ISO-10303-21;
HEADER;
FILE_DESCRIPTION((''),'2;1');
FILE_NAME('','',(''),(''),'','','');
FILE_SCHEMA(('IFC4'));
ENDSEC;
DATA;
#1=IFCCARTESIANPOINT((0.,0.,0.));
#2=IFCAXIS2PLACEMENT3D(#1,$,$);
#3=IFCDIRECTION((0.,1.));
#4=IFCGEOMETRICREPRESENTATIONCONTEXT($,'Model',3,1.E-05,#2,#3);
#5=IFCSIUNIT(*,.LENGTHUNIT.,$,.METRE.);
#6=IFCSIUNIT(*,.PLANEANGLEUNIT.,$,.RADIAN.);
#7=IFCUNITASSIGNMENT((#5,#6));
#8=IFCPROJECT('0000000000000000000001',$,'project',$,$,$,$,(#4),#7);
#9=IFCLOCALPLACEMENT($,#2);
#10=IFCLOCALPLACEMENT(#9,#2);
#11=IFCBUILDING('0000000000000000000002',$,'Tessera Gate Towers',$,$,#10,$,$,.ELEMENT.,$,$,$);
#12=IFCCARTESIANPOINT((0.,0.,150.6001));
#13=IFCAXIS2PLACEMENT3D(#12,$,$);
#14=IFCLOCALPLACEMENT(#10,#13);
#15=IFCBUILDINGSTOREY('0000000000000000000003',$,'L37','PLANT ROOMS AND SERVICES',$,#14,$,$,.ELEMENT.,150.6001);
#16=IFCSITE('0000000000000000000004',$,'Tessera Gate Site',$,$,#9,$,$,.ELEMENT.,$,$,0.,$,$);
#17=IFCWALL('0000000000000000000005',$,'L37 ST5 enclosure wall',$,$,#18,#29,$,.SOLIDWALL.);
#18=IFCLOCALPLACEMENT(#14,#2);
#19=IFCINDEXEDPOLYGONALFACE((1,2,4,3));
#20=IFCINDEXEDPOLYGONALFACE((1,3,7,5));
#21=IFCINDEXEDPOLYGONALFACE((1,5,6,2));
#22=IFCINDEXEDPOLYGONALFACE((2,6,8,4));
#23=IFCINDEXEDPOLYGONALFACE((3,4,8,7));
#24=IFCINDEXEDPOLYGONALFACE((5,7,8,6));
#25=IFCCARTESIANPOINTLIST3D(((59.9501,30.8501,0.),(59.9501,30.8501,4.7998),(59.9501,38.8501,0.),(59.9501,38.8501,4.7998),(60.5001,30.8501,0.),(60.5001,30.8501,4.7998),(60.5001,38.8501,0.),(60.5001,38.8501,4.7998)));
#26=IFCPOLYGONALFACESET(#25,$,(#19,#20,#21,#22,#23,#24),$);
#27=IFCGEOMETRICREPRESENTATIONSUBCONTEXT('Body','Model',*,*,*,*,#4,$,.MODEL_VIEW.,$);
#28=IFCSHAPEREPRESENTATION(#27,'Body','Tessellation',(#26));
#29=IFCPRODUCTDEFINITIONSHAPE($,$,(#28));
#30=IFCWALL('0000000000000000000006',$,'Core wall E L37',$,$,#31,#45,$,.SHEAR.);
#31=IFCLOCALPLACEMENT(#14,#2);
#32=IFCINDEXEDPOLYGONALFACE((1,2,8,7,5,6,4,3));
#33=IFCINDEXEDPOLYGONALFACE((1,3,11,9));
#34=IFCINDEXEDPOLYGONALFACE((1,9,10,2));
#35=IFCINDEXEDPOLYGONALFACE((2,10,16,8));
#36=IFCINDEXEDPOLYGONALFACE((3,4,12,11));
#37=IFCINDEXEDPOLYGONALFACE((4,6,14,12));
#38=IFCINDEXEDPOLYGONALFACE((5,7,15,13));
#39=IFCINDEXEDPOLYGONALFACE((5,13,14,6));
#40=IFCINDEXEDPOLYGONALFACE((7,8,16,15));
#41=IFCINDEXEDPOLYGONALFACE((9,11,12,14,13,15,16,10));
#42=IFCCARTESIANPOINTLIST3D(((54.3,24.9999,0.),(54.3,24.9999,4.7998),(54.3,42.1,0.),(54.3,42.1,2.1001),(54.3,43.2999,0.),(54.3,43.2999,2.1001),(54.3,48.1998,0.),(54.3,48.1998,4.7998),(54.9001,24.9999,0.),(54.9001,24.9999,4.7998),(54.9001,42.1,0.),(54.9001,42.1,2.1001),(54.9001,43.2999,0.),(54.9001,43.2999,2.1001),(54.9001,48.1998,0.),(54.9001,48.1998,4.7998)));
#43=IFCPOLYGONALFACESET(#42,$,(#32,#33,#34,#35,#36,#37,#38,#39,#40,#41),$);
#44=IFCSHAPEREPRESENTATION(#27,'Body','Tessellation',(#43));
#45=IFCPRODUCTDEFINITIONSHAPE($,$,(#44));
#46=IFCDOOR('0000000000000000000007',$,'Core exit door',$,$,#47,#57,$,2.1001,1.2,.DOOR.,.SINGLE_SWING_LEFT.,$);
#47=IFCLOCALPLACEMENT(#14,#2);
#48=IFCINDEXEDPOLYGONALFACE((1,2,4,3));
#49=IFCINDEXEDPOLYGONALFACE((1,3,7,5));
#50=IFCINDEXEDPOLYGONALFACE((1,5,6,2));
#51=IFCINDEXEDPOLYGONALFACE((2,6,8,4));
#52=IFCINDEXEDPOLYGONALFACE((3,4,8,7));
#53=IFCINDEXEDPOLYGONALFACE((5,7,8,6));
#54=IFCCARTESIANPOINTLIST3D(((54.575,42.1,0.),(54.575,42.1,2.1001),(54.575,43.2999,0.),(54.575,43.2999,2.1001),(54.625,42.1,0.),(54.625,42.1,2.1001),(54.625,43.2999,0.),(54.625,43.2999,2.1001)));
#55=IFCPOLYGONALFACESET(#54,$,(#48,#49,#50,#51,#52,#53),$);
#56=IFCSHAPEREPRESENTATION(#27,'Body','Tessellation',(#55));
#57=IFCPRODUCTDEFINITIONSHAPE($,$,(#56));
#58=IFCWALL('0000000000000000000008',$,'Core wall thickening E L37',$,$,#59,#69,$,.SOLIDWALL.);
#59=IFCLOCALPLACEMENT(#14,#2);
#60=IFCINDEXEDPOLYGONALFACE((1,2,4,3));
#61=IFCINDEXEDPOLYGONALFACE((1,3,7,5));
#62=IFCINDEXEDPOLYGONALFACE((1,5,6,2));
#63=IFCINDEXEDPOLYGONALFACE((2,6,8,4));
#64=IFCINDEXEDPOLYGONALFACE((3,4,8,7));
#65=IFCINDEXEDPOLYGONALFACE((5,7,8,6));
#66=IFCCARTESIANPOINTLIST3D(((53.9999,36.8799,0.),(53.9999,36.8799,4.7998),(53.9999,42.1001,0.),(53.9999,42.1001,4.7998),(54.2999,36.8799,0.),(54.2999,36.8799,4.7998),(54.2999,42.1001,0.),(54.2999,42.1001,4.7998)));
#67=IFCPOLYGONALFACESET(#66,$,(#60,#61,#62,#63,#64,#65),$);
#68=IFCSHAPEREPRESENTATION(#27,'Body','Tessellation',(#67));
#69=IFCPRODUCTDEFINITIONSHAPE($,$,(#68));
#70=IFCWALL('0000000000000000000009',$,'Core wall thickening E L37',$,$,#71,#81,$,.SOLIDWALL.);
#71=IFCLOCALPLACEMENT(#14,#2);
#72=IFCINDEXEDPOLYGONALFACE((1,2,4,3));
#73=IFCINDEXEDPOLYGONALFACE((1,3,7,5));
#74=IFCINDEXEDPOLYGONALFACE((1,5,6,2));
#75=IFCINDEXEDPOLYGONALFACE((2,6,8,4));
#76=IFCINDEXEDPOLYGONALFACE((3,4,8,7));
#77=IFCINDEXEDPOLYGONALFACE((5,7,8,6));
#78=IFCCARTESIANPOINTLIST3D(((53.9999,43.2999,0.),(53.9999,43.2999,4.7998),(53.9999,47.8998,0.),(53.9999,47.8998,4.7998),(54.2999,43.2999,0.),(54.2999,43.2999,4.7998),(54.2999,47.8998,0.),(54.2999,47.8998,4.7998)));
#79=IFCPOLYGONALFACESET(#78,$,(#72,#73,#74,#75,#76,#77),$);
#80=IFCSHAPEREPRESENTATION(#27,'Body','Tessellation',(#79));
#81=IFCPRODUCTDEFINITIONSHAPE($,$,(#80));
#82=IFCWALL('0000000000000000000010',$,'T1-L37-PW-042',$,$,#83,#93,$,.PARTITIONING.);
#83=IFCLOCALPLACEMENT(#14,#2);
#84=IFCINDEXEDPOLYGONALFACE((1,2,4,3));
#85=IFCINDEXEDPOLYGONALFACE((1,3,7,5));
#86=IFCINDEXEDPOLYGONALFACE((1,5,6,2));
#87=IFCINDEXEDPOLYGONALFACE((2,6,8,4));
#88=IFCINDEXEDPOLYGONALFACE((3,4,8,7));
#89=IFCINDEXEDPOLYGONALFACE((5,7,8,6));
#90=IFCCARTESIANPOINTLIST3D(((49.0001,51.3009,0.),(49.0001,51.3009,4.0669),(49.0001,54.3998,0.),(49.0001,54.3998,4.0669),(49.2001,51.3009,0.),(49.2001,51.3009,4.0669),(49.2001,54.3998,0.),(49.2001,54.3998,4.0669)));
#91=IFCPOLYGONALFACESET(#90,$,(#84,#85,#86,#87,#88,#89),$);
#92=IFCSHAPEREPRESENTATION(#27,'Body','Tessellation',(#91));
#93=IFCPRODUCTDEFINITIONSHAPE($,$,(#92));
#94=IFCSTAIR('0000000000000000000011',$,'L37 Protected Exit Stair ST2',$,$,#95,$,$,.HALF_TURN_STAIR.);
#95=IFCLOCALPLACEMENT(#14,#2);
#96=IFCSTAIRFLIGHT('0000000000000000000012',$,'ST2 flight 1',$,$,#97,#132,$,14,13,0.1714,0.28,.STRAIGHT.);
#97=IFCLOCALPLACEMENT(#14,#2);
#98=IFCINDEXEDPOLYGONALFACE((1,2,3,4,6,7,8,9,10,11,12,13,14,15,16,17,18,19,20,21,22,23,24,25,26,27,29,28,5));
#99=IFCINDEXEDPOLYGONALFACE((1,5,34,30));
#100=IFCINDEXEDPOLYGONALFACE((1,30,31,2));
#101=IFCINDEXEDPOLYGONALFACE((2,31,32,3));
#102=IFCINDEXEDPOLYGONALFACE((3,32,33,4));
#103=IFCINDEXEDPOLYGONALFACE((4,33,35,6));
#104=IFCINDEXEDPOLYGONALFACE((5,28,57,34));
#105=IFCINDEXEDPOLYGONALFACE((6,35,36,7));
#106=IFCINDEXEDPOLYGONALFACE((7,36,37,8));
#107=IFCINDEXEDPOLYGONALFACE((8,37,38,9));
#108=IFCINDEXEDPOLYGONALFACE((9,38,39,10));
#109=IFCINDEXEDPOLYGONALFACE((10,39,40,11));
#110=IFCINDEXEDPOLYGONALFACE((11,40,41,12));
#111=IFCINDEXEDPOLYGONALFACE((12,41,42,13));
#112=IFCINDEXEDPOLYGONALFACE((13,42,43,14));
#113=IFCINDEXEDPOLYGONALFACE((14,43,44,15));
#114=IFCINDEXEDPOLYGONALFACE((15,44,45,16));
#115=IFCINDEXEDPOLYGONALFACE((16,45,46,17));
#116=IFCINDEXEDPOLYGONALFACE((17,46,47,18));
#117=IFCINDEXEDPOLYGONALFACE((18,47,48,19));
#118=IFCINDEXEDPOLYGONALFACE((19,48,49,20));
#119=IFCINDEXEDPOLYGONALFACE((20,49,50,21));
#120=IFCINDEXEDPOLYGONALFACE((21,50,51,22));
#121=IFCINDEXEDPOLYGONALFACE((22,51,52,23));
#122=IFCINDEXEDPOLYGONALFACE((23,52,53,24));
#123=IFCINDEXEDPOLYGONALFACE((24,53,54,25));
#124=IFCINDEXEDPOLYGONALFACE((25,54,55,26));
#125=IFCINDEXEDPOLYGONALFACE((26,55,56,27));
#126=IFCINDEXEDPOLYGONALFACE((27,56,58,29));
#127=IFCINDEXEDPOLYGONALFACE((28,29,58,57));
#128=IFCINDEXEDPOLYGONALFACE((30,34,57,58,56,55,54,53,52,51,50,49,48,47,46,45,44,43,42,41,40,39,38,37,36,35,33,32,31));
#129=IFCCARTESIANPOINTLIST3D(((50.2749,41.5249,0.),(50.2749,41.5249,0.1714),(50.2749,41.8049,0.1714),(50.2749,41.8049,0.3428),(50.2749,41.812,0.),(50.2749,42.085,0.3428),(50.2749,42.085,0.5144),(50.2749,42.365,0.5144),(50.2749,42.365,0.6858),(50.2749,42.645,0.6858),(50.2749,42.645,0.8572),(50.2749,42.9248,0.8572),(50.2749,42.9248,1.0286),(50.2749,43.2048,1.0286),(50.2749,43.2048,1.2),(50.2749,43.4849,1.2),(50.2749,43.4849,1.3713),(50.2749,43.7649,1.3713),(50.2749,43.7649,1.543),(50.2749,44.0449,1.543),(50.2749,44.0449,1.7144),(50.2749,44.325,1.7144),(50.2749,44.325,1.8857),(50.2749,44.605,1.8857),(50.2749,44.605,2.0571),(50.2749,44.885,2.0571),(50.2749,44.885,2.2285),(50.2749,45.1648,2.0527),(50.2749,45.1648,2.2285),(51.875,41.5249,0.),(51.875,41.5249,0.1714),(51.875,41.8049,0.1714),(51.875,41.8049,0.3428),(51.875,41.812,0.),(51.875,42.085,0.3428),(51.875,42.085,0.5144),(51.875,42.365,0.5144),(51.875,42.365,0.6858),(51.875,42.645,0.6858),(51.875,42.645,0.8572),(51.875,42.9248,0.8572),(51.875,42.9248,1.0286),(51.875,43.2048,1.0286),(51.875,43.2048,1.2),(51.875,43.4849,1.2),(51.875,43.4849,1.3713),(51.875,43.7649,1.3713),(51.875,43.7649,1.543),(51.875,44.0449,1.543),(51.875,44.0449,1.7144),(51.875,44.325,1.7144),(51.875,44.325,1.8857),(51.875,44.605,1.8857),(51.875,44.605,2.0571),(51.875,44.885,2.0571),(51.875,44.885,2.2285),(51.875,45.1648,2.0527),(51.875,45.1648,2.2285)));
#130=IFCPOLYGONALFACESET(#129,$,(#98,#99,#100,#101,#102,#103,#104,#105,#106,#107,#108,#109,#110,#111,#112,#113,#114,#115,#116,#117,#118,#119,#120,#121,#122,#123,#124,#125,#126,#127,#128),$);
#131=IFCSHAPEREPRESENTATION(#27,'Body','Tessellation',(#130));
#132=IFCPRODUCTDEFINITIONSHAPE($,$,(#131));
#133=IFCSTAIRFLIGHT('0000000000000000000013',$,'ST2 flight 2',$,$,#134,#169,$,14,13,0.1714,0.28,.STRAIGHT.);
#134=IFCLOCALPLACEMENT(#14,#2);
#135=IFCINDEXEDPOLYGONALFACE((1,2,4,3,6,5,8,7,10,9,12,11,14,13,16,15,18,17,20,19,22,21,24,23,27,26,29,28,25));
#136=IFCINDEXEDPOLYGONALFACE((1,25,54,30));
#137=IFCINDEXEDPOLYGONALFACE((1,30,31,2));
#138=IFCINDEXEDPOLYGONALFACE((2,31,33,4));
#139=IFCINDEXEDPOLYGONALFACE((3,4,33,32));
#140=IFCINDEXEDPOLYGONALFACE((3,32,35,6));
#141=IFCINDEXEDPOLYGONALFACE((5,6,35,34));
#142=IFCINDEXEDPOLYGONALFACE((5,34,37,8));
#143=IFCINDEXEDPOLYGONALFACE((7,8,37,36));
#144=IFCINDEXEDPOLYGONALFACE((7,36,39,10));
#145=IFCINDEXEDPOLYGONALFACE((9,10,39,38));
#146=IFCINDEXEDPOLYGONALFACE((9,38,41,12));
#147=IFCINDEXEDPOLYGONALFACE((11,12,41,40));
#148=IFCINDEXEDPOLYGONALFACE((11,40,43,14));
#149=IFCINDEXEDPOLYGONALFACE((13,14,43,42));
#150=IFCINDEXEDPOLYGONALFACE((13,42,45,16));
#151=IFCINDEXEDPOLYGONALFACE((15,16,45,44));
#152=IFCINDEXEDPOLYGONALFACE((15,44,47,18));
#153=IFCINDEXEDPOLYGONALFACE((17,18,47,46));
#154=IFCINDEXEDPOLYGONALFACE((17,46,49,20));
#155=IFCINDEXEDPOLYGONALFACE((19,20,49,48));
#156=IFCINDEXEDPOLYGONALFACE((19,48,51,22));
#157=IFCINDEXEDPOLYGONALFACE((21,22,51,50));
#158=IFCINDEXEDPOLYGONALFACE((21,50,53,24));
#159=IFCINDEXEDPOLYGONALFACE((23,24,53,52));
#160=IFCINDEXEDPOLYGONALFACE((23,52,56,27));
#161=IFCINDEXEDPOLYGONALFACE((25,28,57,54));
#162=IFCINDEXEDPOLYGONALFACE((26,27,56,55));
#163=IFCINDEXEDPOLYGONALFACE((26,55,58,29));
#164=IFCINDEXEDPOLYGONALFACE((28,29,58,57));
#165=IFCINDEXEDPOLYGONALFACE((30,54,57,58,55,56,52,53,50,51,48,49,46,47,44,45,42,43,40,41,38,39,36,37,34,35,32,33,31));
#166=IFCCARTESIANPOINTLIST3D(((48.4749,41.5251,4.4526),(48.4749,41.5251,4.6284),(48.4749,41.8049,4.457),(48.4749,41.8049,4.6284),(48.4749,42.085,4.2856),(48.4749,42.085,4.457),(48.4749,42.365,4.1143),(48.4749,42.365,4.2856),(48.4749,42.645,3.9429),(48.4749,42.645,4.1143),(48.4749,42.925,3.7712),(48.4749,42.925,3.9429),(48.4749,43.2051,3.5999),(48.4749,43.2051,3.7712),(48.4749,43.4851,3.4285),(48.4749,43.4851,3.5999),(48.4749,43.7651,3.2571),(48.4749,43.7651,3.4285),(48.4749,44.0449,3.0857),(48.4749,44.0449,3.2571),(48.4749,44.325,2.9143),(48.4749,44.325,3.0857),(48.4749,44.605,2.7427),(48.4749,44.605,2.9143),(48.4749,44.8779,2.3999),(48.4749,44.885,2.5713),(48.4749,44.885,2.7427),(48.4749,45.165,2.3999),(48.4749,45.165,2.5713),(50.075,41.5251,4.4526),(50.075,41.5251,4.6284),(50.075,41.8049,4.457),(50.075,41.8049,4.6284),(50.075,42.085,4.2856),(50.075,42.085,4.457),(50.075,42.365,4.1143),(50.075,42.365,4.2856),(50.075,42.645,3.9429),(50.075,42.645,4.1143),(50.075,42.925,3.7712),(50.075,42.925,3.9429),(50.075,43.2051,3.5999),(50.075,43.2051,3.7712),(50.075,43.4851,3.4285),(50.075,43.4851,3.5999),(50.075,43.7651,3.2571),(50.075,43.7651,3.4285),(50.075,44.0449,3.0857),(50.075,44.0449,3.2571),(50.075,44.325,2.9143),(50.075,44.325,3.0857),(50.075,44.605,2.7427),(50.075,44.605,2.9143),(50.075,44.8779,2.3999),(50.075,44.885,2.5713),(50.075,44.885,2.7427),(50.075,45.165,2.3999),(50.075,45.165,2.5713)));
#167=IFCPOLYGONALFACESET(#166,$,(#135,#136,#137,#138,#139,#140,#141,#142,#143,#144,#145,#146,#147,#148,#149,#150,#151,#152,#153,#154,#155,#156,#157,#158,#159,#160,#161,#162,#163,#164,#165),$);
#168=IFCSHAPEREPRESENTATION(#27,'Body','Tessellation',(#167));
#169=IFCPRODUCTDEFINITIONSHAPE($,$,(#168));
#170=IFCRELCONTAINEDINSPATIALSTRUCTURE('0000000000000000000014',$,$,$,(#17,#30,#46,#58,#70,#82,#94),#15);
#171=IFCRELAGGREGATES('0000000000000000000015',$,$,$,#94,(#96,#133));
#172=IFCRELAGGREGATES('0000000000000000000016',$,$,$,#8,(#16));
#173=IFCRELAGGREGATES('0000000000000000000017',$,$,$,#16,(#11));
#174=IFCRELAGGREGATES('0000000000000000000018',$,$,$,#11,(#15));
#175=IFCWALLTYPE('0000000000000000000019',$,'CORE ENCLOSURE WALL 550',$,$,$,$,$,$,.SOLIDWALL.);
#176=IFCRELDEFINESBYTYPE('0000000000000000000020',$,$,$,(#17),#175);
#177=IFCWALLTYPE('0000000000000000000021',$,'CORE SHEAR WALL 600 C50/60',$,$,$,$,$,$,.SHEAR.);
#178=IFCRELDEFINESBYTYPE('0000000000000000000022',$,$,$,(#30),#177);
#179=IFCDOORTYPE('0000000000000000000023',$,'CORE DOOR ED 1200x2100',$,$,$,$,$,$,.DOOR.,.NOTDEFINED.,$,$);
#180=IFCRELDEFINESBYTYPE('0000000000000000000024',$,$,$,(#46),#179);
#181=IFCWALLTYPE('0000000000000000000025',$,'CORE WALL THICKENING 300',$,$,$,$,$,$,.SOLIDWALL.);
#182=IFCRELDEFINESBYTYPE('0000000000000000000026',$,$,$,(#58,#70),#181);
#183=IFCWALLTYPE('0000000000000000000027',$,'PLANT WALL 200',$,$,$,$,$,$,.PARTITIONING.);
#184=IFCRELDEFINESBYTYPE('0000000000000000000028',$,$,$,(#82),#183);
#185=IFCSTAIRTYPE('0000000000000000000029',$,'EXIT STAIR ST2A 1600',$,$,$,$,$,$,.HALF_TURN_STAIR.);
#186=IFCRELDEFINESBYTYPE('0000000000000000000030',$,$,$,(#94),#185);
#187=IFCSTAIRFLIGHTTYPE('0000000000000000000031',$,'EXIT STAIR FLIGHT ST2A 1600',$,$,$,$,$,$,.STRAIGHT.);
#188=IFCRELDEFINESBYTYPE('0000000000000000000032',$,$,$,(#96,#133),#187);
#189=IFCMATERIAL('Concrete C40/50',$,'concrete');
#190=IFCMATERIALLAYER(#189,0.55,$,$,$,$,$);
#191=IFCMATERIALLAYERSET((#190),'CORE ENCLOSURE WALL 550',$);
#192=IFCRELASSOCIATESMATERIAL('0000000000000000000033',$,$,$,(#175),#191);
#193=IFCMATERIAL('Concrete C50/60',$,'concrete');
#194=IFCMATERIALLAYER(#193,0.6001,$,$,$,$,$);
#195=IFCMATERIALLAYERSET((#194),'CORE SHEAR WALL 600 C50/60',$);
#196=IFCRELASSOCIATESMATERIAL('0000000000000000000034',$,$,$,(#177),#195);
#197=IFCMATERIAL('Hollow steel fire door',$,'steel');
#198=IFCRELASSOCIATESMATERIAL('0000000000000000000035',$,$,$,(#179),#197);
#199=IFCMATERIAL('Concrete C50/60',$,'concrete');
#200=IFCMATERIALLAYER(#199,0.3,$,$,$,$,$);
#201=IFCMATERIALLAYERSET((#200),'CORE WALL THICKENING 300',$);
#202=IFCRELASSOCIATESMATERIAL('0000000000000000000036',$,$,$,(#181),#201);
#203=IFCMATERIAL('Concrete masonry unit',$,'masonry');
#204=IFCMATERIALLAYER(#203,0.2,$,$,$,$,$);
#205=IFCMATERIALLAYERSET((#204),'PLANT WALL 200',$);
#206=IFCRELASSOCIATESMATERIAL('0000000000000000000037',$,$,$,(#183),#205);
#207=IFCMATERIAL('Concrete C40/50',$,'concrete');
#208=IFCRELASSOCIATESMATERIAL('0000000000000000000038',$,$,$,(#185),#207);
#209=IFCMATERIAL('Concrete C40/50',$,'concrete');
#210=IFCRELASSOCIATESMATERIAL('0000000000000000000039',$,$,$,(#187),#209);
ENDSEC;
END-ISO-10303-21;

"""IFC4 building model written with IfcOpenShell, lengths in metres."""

from ifc_helpers import new_model, si_unit, direction, frame, frame_2d, origin, place, context, subcontext, project, spatial, polyline, rectangle, outline, extrude, source, transform, mapped, material, layer, layer_set, type_object, element, fill, aggregate, save


model = new_model("IFC4")

# Units and contexts
model_context = context("Model", 3, precision=1e-05, world=origin(), true_north=direction((0.0, 1.0)))
body_context = subcontext(model_context, "Body", "Model", "MODEL_VIEW")
ifc_project = project(units=[si_unit("LENGTHUNIT", "METRE"), si_unit("PLANEANGLEUNIT", "RADIAN")], contexts=[model_context])

# Site, building, storey
site_placement = place(None, origin())
site = spatial("IfcSite", under=ifc_project, at=site_placement, Name="Tessera Gate Site", CompositionType="ELEMENT", RefElevation=0.0)
building_placement = place(site_placement, origin())
building = spatial("IfcBuilding", under=site, at=building_placement, Name="Tessera Gate Towers", CompositionType="ELEMENT")
storey_placement = place(building_placement, frame((0.0, 0.0, 150.6001)))
storey = spatial("IfcBuildingStorey", under=building, at=storey_placement, Name="L37", Description="PLANT ROOMS AND SERVICES", CompositionType="ELEMENT", Elevation=150.6001)

# Shared definitions
shared_shape_1 = source(origin(), body_context, "Body", "SweptSolid", [
    extrude(rectangle(XDim=1.2, YDim=2.1001, at=frame_2d((0.6001, 1.05))), frame((0.0, 0.0249, 0.0), z_axis=(0.0, -1.0, 0.0), x_axis=(1.0, 0.0, 0.0)), (0.0, 0.0, 1.0), 0.05),
])

# Wall
ifc_material_1 = material(Name="Concrete C40/50", Category="concrete")
ifc_layer_1 = layer(ifc_material_1, 0.55)
ifc_layer_set_1 = layer_set([ifc_layer_1], Name="CORE ENCLOSURE WALL 550")
wall_type_1 = type_object("IfcWallType", Name="CORE ENCLOSURE WALL 550", PredefinedType="SOLIDWALL", material=ifc_layer_set_1)
wall_1_placement = place(storey_placement, frame((60.2251, 38.8501, 0.0), z_axis=(0.0, 0.0, 1.0), x_axis=(0.0, -1.0, 0.0)))
element("IfcWall", 1, at=wall_1_placement, inside=storey, type_object=wall_type_1, Name="L37 ST5 enclosure wall", PredefinedType="SOLIDWALL", context=body_context, shape_type="SweptSolid", body=[
    extrude(rectangle(XDim=8.0, YDim=0.55, at=frame_2d((4.0, 0.0))), origin(), (0.0, 0.0, 1.0), 4.7998),
])

# Wall, opening, door
ifc_material_2 = material(Name="Concrete C50/60", Category="concrete")
ifc_layer_2 = layer(ifc_material_2, 0.6001)
ifc_layer_set_2 = layer_set([ifc_layer_2], Name="CORE SHEAR WALL 600 C50/60")
wall_type_2 = type_object("IfcWallType", Name="CORE SHEAR WALL 600 C50/60", PredefinedType="SHEAR", material=ifc_layer_set_2)
wall_2_placement = place(storey_placement, frame((54.6001, 48.2, 0.0), z_axis=(0.0, 0.0, 1.0), x_axis=(0.0, -1.0, 0.0)))
wall_2 = element("IfcWall", 2, at=wall_2_placement, inside=storey, type_object=wall_type_2, Name="Core wall E L37", PredefinedType="SHEAR", context=body_context, shape_type="SweptSolid", body=[
    extrude(rectangle(XDim=23.2, YDim=0.6001, at=frame_2d((11.6001, 0.0))), origin(), (0.0, 0.0, 1.0), 4.7998),
])
shared_shape_2 = source(origin(), body_context, "Body", "SweptSolid", [
    extrude(rectangle(XDim=1.2, YDim=2.1001, at=frame_2d((0.6001, 1.05))), frame((0.0, 0.3101, 0.0), z_axis=(0.0, -1.0, 0.0), x_axis=(1.0, 0.0, 0.0)), (0.0, 0.0, 1.0), 0.6201),
])
opening_1_placement = place(wall_2_placement, frame((4.8999, 0.0, 0.0)))
opening_1 = element("IfcOpeningElement", 3, at=opening_1_placement, cuts=wall_2, PredefinedType="OPENING", context=body_context, shape_type="MappedRepresentation", body=[
    mapped(shared_shape_2, transform((0.0, 0.0, 0.0), scale=1.0)),
])
ifc_material_3 = material(Name="Hollow steel fire door", Category="steel")
door_type_1 = type_object("IfcDoorType", Name="CORE DOOR ED 1200x2100", OperationType="NOTDEFINED", PredefinedType="DOOR", material=ifc_material_3)
door_1_placement = place(opening_1_placement, origin())
door_1 = element("IfcDoor", 4, at=door_1_placement, inside=storey, type_object=door_type_1, Name="Core exit door", OperationType="SINGLE_SWING_LEFT", OverallHeight=2.1001, OverallWidth=1.2, PredefinedType="DOOR", context=body_context, shape_type="MappedRepresentation", body=[
    mapped(shared_shape_1, transform((0.0, 0.0, 0.0), scale=1.0)),
])
fill(opening_1, door_1)

# Walls
ifc_material_4 = material(Name="Concrete C50/60", Category="concrete")
ifc_layer_3 = layer(ifc_material_4, 0.3)
ifc_layer_set_3 = layer_set([ifc_layer_3], Name="CORE WALL THICKENING 300")
wall_type_3 = type_object("IfcWallType", Name="CORE WALL THICKENING 300", PredefinedType="SOLIDWALL", material=ifc_layer_set_3)
wall_3_placement = place(storey_placement, frame((54.1499, 36.8799, 0.0), z_axis=(0.0, 0.0, 1.0), x_axis=(0.0, 1.0, 0.0)))
element("IfcWall", 5, at=wall_3_placement, inside=storey, type_object=wall_type_3, Name="Core wall thickening E L37", PredefinedType="SOLIDWALL", context=body_context, shape_type="SweptSolid", body=[
    extrude(rectangle(XDim=5.2202, YDim=0.3, at=frame_2d((2.6101, 0.0))), origin(), (0.0, 0.0, 1.0), 4.7998),
])
wall_4_placement = place(storey_placement, frame((54.1499, 43.3, 0.0), z_axis=(0.0, 0.0, 1.0), x_axis=(0.0, 1.0, 0.0)))
element("IfcWall", 6, at=wall_4_placement, inside=storey, type_object=wall_type_3, Name="Core wall thickening E L37", PredefinedType="SOLIDWALL", context=body_context, shape_type="SweptSolid", body=[
    extrude(rectangle(XDim=4.5999, YDim=0.3, at=frame_2d((2.2998, 0.0))), origin(), (0.0, 0.0, 1.0), 4.7998),
])
ifc_material_5 = material(Name="Concrete masonry unit", Category="masonry")
ifc_layer_4 = layer(ifc_material_5, 0.2)
ifc_layer_set_4 = layer_set([ifc_layer_4], Name="PLANT WALL 200")
wall_type_4 = type_object("IfcWallType", Name="PLANT WALL 200", PredefinedType="PARTITIONING", material=ifc_layer_set_4)
wall_5_placement = place(storey_placement, frame((49.1001, 51.301, 0.0), z_axis=(0.0, 0.0, 1.0), x_axis=(0.0, 1.0, 0.0)))
element("IfcWall", 7, at=wall_5_placement, inside=storey, type_object=wall_type_4, Name="T1-L37-PW-042", PredefinedType="PARTITIONING", context=body_context, shape_type="SweptSolid", body=[
    extrude(rectangle(XDim=3.0989, YDim=0.2, at=frame_2d((1.5493, 0.0))), origin(), (0.0, 0.0, 1.0), 4.0669),
])

# Stair, stair flights
ifc_material_6 = material(Name="Concrete C40/50", Category="concrete")
stair_type = type_object("IfcStairType", Name="EXIT STAIR ST2A 1600", PredefinedType="HALF_TURN_STAIR", material=ifc_material_6)
stair_placement = place(storey_placement, origin())
stair = element("IfcStair", 8, at=stair_placement, inside=storey, type_object=stair_type, Name="L37 Protected Exit Stair ST2", PredefinedType="HALF_TURN_STAIR")
ifc_material_7 = material(Name="Concrete C40/50", Category="concrete")
stair_flight_type = type_object("IfcStairFlightType", Name="EXIT STAIR FLIGHT ST2A 1600", PredefinedType="STRAIGHT", material=ifc_material_7)
stair_flight_1_placement = place(storey_placement, frame((51.075, 41.5249, 0.0), z_axis=(0.0, 0.0, 1.0), x_axis=(0.0, 1.0, 0.0)))
stair_flight_1 = element("IfcStairFlight", 9, at=stair_flight_1_placement, type_object=stair_flight_type, Name="ST2 flight 1", NumberOfRisers=14, NumberOfTreads=13, PredefinedType="STRAIGHT", RiserHeight=0.1714, TreadLength=0.28, context=body_context, shape_type="SweptSolid", body=[
    extrude(outline(polyline([(0.0, 0.0), (0.0, 0.1714), (0.28, 0.1714), (0.28, 0.3428), (0.5601, 0.3428), (0.5601, 0.5144), (0.8401, 0.5144), (0.8401, 0.6858), (1.1201, 0.6858), (1.1201, 0.8572), (1.3999, 0.8572), (1.3999, 1.0286), (1.6799, 1.0286), (1.6799, 1.2), (1.96, 1.2), (1.96, 1.3713), (2.24, 1.3713), (2.24, 1.543), (2.52, 1.543), (2.52, 1.7144), (2.8, 1.7144), (2.8, 1.8857), (3.0801, 1.8857), (3.0801, 2.0571), (3.3601, 2.0571), (3.3601, 2.2285), (3.6399, 2.2285), (3.6399, 2.3999), (3.6399, 2.0527), (0.2871, 0.0), (0.0, 0.0)])), frame((0.0, 0.8, 0.0), z_axis=(0.0, -1.0, 0.0), x_axis=(1.0, 0.0, 0.0)), (0.0, 0.0, 1.0), 1.6001),
])
stair_flight_2_placement = place(storey_placement, frame((49.2749, 45.165, 2.3999), z_axis=(0.0, 0.0, 1.0), x_axis=(0.0, -1.0, 0.0)))
stair_flight_2 = element("IfcStairFlight", 10, at=stair_flight_2_placement, type_object=stair_flight_type, Name="ST2 flight 2", NumberOfRisers=14, NumberOfTreads=13, PredefinedType="STRAIGHT", RiserHeight=0.1714, TreadLength=0.28, context=body_context, shape_type="SweptSolid", body=[
    extrude(outline(polyline([(0.0, 0.0), (0.0, 0.1714), (0.28, 0.1714), (0.28, 0.3428), (0.5601, 0.3428), (0.5601, 0.5144), (0.8401, 0.5144), (0.8401, 0.6858), (1.1201, 0.6858), (1.1201, 0.8572), (1.3999, 0.8572), (1.3999, 1.0286), (1.6799, 1.0286), (1.6799, 1.2), (1.96, 1.2), (1.96, 1.3713), (2.24, 1.3713), (2.24, 1.543), (2.52, 1.543), (2.52, 1.7144), (2.8, 1.7144), (2.8, 1.8857), (3.0801, 1.8857), (3.0801, 2.0571), (3.3601, 2.0571), (3.3601, 2.2285), (3.6399, 2.2285), (3.6399, 2.3999), (3.6399, 2.0527), (0.2871, 0.0), (0.0, 0.0)])), frame((0.0, 0.8, 0.0), z_axis=(0.0, -1.0, 0.0), x_axis=(1.0, 0.0, 0.0)), (0.0, 0.0, 1.0), 1.6001),
])
aggregate(stair, [stair_flight_1, stair_flight_2])

save(model, "model.ifc")
